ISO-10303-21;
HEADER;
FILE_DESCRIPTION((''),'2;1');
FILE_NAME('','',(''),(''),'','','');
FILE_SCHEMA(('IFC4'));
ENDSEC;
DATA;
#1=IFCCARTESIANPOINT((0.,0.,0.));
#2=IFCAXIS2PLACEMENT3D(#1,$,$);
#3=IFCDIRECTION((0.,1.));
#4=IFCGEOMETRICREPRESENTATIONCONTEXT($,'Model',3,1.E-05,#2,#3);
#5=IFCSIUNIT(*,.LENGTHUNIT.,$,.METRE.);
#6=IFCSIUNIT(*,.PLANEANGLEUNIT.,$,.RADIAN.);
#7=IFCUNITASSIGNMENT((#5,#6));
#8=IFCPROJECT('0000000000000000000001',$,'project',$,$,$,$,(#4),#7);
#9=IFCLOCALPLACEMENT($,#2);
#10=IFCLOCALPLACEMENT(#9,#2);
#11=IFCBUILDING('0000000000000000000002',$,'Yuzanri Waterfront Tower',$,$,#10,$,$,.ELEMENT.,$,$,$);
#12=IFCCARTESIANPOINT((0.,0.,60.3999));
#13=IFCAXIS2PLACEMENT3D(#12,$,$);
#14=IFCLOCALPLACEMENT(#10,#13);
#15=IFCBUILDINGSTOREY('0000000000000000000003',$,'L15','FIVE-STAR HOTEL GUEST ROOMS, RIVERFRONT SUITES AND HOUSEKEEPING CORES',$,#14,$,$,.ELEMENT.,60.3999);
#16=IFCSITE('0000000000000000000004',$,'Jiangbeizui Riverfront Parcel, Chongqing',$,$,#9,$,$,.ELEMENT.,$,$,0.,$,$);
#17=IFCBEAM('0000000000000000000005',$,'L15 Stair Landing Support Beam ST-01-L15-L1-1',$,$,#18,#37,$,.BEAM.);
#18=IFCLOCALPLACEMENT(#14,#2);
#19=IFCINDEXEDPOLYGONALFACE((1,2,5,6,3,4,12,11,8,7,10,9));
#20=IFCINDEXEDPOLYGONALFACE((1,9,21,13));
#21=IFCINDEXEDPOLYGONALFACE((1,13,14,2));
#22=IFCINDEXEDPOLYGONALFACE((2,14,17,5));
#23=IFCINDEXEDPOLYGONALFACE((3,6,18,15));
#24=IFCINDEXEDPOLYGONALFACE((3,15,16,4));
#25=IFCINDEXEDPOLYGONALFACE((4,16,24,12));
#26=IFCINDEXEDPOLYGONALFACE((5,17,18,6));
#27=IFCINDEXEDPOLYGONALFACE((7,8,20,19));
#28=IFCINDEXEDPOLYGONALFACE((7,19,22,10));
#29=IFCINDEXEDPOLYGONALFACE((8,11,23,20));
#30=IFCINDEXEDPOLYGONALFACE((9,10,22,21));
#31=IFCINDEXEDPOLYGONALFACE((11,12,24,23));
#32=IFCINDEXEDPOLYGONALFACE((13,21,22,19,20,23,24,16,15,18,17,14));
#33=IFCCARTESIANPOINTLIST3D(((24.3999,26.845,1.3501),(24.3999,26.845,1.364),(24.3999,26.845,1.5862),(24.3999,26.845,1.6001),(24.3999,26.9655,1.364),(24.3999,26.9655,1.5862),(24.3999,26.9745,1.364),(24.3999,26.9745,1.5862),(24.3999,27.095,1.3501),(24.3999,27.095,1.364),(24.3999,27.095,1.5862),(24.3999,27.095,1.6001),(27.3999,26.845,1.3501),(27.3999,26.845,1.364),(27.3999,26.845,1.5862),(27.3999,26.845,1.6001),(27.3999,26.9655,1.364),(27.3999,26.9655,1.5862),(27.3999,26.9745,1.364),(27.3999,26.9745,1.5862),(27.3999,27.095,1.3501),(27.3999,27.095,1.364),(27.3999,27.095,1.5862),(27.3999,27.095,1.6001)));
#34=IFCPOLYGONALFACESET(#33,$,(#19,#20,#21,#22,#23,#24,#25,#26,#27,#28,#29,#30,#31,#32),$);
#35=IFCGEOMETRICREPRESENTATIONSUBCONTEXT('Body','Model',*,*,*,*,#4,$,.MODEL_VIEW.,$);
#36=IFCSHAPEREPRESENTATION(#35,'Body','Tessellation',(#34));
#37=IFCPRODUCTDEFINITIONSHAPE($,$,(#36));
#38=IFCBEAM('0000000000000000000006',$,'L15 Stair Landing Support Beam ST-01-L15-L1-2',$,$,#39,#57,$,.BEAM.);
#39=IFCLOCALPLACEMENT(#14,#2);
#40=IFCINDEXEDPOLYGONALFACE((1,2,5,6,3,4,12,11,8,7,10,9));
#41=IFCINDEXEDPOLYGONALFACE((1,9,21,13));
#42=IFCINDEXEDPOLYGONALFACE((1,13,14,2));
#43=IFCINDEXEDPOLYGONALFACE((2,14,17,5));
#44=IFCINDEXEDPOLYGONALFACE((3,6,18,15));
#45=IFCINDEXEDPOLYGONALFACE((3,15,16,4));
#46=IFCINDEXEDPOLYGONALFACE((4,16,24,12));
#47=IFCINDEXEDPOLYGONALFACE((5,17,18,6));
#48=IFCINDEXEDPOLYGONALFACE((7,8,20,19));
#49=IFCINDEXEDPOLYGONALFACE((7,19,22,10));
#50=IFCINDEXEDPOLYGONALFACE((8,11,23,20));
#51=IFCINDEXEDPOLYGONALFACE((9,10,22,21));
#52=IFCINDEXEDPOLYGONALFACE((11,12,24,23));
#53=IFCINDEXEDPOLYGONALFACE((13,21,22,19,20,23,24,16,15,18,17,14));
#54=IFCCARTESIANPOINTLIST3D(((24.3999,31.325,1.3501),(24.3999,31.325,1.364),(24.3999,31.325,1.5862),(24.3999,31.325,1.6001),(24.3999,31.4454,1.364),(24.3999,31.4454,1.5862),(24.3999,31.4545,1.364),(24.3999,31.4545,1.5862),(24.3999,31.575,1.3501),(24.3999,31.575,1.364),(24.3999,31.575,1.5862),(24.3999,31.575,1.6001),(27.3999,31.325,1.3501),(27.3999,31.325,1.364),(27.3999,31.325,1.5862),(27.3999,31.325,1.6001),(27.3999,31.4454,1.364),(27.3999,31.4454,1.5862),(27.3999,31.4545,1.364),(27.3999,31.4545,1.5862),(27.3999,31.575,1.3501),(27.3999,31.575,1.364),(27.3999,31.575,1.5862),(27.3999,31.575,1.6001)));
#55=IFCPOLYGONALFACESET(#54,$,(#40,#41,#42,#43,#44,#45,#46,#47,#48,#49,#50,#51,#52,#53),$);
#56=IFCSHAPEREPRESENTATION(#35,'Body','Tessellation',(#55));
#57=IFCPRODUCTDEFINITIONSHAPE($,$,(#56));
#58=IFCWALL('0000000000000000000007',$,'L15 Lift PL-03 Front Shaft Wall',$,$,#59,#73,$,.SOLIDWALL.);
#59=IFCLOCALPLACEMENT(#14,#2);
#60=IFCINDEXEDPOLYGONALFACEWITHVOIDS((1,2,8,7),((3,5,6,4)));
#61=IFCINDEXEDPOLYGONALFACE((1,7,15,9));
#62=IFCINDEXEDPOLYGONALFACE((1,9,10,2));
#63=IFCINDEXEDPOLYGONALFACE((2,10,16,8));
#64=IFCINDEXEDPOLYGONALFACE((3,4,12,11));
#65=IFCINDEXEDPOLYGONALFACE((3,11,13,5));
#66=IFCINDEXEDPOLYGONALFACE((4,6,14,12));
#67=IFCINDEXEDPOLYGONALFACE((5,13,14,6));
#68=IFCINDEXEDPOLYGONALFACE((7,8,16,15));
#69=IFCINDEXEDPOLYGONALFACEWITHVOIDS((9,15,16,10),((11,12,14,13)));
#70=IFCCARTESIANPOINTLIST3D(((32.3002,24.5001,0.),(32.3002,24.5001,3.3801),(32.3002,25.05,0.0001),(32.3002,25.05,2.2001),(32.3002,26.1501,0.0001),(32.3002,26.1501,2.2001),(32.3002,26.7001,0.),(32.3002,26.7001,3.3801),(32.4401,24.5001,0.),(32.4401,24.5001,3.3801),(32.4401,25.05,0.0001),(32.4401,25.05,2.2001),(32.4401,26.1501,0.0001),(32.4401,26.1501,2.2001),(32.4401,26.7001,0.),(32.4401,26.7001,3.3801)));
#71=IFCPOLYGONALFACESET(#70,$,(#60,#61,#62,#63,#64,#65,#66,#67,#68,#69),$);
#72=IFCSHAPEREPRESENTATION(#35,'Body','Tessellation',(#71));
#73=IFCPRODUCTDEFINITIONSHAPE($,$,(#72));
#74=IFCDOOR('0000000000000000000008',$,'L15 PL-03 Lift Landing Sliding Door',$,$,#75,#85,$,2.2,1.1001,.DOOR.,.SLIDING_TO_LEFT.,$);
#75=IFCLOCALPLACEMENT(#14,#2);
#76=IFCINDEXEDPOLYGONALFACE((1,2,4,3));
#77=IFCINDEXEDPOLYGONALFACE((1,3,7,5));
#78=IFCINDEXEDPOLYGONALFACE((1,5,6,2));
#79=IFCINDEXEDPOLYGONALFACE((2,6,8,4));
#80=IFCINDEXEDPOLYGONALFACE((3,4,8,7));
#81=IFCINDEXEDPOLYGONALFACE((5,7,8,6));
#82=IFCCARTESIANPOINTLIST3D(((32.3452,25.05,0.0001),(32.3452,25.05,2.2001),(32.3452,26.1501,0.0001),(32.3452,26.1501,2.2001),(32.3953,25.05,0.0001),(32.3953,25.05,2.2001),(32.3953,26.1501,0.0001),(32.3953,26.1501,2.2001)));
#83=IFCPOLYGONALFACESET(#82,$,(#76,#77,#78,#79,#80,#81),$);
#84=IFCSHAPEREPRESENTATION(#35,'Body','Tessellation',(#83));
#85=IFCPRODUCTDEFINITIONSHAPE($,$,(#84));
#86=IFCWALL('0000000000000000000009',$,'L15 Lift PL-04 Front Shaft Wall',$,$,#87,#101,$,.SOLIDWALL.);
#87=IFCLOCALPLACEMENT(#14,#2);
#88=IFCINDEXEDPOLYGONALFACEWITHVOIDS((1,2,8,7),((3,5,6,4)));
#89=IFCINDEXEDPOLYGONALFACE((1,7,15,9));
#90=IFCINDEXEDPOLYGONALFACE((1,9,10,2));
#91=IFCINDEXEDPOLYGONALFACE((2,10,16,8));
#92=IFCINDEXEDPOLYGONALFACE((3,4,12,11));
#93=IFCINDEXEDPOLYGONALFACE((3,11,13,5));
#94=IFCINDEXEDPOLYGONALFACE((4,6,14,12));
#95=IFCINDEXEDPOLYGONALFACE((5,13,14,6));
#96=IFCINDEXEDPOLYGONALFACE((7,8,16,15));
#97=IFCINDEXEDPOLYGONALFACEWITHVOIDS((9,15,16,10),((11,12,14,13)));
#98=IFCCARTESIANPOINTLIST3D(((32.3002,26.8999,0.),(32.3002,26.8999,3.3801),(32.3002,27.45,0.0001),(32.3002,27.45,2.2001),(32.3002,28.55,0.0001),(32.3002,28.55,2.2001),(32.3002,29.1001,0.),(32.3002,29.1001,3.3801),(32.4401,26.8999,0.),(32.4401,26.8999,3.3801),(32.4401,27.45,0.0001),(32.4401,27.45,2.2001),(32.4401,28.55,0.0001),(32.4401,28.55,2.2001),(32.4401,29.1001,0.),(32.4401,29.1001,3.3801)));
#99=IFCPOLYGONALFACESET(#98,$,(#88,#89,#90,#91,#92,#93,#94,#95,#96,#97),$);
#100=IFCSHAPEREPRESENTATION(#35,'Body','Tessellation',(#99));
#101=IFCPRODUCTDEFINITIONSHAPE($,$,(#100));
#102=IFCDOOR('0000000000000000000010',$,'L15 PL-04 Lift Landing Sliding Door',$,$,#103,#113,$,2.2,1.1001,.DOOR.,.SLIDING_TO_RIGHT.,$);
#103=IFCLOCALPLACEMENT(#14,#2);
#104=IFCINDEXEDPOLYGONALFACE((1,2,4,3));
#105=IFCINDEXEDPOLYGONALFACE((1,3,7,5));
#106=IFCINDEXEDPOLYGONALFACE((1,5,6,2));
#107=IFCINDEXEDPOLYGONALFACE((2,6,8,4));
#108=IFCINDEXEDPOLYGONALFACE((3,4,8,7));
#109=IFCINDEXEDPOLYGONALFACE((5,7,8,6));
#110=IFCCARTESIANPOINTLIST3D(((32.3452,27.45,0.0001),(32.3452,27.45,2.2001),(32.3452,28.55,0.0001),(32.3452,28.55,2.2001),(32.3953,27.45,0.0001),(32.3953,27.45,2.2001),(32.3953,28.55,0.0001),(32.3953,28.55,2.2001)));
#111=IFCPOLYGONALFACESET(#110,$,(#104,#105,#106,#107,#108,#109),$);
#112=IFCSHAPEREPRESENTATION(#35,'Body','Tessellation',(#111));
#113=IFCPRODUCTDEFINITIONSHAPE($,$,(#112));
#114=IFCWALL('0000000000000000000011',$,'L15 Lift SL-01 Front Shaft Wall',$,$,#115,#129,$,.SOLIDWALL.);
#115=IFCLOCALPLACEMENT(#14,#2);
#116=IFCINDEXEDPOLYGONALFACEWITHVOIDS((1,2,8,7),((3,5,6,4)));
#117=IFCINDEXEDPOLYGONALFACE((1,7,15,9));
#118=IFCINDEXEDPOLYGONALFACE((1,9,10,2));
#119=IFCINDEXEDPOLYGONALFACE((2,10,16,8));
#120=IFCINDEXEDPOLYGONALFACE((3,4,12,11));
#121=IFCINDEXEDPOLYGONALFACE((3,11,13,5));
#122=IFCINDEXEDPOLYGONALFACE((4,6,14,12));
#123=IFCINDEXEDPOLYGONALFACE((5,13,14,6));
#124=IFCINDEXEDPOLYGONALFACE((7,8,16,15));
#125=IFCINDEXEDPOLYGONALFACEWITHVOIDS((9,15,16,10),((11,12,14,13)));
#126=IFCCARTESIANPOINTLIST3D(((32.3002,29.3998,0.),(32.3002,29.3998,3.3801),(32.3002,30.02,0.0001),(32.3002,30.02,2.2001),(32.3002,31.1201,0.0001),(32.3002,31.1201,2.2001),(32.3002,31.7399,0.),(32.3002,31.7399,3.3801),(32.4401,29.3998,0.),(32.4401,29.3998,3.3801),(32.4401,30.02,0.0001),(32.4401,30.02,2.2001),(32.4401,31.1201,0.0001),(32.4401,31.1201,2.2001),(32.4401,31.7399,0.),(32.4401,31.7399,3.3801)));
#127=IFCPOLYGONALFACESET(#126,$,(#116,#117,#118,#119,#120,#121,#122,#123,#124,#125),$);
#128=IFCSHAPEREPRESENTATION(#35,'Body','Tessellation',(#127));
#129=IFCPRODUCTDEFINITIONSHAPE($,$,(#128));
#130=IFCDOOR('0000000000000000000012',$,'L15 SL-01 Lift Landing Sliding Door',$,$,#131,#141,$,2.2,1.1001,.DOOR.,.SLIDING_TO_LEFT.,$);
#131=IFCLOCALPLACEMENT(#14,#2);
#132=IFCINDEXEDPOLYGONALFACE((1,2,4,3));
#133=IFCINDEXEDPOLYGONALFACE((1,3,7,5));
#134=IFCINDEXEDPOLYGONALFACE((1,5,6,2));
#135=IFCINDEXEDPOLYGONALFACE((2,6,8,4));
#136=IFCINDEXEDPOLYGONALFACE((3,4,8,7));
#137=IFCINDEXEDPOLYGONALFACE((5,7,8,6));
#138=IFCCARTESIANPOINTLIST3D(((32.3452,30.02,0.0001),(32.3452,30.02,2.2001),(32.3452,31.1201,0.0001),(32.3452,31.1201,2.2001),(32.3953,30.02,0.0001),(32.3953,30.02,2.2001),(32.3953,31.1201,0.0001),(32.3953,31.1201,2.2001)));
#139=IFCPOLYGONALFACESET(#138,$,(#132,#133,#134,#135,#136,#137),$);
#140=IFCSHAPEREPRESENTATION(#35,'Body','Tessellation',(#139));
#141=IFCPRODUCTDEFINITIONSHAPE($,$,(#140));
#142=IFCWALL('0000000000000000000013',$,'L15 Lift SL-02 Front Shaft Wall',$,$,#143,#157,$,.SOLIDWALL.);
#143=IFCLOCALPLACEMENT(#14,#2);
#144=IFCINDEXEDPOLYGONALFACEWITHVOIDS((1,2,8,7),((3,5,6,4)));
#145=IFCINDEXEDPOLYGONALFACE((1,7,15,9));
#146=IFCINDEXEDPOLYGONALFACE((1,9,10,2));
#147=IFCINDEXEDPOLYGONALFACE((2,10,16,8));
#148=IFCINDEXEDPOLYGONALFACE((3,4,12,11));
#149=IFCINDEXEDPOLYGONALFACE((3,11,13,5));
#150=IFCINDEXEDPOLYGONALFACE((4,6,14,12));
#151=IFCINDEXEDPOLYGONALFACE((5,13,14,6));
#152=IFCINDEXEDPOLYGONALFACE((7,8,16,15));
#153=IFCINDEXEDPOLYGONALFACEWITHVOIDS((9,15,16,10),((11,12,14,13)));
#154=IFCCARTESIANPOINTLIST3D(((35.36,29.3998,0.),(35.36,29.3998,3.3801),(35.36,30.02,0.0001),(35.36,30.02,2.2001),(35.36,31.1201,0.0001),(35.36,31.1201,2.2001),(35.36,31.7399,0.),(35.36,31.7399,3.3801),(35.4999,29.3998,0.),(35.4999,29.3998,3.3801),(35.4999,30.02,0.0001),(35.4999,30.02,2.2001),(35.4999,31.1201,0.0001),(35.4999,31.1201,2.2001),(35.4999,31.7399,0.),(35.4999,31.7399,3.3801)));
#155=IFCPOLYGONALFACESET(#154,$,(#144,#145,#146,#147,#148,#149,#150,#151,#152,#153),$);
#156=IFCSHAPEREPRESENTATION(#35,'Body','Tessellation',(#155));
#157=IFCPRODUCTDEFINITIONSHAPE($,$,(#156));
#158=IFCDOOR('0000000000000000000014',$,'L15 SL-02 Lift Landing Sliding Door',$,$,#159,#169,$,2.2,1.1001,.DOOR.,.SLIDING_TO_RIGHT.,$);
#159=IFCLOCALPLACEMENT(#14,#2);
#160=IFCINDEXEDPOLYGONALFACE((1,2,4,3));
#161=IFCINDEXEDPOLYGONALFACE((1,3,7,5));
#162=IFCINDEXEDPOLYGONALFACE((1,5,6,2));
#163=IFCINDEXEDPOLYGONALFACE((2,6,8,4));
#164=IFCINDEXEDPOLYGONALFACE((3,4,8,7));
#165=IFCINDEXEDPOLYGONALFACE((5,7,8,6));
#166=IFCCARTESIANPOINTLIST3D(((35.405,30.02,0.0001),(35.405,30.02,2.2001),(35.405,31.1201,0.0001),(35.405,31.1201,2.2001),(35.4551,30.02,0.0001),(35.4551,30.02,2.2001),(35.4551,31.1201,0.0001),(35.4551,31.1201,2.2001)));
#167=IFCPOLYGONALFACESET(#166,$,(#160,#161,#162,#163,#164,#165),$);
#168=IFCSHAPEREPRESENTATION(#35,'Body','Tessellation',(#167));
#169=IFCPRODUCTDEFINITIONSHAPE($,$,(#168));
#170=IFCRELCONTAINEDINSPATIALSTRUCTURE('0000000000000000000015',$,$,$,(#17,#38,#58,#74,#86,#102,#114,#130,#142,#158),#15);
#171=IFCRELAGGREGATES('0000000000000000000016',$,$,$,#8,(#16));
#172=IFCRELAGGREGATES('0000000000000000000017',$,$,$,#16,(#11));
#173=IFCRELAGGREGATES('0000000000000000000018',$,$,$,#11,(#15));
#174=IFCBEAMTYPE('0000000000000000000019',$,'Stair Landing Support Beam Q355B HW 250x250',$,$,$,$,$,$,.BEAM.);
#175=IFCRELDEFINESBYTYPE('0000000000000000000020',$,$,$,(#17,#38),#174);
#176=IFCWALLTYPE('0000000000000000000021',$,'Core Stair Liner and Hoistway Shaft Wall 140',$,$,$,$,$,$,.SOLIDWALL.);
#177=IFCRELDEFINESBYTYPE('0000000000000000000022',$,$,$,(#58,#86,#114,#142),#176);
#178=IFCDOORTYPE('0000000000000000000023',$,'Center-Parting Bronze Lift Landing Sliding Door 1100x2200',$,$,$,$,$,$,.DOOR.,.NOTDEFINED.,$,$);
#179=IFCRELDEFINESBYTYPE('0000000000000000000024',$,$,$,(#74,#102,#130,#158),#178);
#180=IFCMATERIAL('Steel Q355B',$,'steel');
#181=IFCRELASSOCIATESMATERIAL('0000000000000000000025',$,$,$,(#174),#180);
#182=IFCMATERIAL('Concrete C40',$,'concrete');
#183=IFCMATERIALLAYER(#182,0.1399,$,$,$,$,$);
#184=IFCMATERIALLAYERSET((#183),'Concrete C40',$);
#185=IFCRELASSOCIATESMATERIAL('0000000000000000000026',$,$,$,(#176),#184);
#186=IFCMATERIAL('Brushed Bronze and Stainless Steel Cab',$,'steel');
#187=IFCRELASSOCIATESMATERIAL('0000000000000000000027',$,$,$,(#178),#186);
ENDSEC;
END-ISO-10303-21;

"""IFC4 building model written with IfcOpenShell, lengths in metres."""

from ifc_helpers import new_model, si_unit, direction, frame, frame_2d, origin, origin_2d, place, context, subcontext, project, spatial, rectangle, i_section, extrude, source, transform, mapped, material, layer, layer_set, material_profile, profile_set, type_object, element, fill, save


model = new_model("IFC4")

# Units and contexts
model_context = context("Model", 3, precision=1e-05, world=origin(), true_north=direction((0.0, 1.0)))
body_context = subcontext(model_context, "Body", "Model", "MODEL_VIEW")
ifc_project = project(units=[si_unit("LENGTHUNIT", "METRE"), si_unit("PLANEANGLEUNIT", "RADIAN")], contexts=[model_context])

# Site, building, storey
site_placement = place(None, origin())
site = spatial("IfcSite", under=ifc_project, at=site_placement, Name="Jiangbeizui Riverfront Parcel, Chongqing", CompositionType="ELEMENT", RefElevation=0.0)
building_placement = place(site_placement, origin())
building = spatial("IfcBuilding", under=site, at=building_placement, Name="Yuzanri Waterfront Tower", CompositionType="ELEMENT")
storey_placement = place(building_placement, frame((0.0, 0.0, 60.3999)))
storey = spatial("IfcBuildingStorey", under=building, at=storey_placement, Name="L15", Description="FIVE-STAR HOTEL GUEST ROOMS, RIVERFRONT SUITES AND HOUSEKEEPING CORES", CompositionType="ELEMENT", Elevation=60.3999)

# Beams
ifc_material_1 = material(Name="Steel Q355B", Category="steel")
ifc_material_profile = material_profile(ifc_material_1, i_section(OverallWidth=0.25, OverallDepth=0.25, WebThickness=0.009, FlangeThickness=0.0139, at=origin_2d()), Name="HW 250x250x9x14")
ifc_profile_set = profile_set([ifc_material_profile], Name="Steel Q355B")
beam_type = type_object("IfcBeamType", Name="Stair Landing Support Beam Q355B HW 250x250", PredefinedType="BEAM", material=ifc_profile_set)
shared_shape_1 = source(origin(), body_context, "Body", "SweptSolid", [
    extrude(i_section(OverallWidth=0.25, OverallDepth=0.25, WebThickness=0.009, FlangeThickness=0.0139, at=origin_2d()), origin(), (0.0, 0.0, 1.0), 3.0),
])
for number, where, z_axis, x_axis, name in (
    (1, (24.3999, 26.97, 1.4751), (1.0, 0.0, 0.0), (0.0, 1.0, 0.0), "L15 Stair Landing Support Beam ST-01-L15-L1-1"),
    (2, (24.3999, 31.45, 1.4751), (1.0, 0.0, 0.0), (0.0, 1.0, 0.0), "L15 Stair Landing Support Beam ST-01-L15-L1-2"),
):
    element("IfcBeam", number, at=place(storey_placement, frame(where, z_axis=z_axis, x_axis=x_axis)), inside=storey, type_object=beam_type, Name=name, PredefinedType="BEAM", context=body_context, shape_type="MappedRepresentation", body=[
        mapped(shared_shape_1, transform((0.0, 0.0, 0.0), scale=1.0)),
    ])

# Walls, openings, doors
ifc_material_2 = material(Name="Concrete C40", Category="concrete")
ifc_layer_1 = layer(ifc_material_2, 0.1399)
ifc_layer_set_1 = layer_set([ifc_layer_1], Name="Concrete C40")
wall_type_1 = type_object("IfcWallType", Name="Core Stair Liner and Hoistway Shaft Wall 140", PredefinedType="SOLIDWALL", material=ifc_layer_set_1)
wall_1_placement = place(storey_placement, frame((32.3701, 24.5, 0.0), z_axis=(0.0, 0.0, 1.0), x_axis=(0.0, 1.0, 0.0)))
wall_1 = element("IfcWall", 3, at=wall_1_placement, inside=storey, type_object=wall_type_1, Name="L15 Lift PL-03 Front Shaft Wall", PredefinedType="SOLIDWALL", context=body_context, shape_type="SweptSolid", body=[
    extrude(rectangle(XDim=2.2, YDim=0.1399, at=frame_2d((1.1001, 0.0))), origin(), (0.0, 0.0, 1.0), 3.3801),
])
opening_1_placement = place(wall_1_placement, frame((0.55, 0.0, 0.0)))
opening_1 = element("IfcOpeningElement", 4, at=opening_1_placement, cuts=wall_1, PredefinedType="OPENING", context=body_context, shape_type="SweptSolid", body=[
    extrude(rectangle(XDim=1.1001, YDim=2.2, at=frame_2d((0.55, 1.1001))), frame((0.0, 0.085, 0.0), z_axis=(0.0, -1.0, 0.0), x_axis=(1.0, 0.0, 0.0)), (0.0, 0.0, 1.0), 0.1697),
])
ifc_material_3 = material(Name="Brushed Bronze and Stainless Steel Cab", Category="steel")
door_type_1 = type_object("IfcDoorType", Name="Center-Parting Bronze Lift Landing Sliding Door 1100x2200", OperationType="NOTDEFINED", PredefinedType="DOOR", material=ifc_material_3)
shared_shape_2 = source(origin(), body_context, "Body", "SweptSolid", [
    extrude(rectangle(XDim=1.1001, YDim=2.2, at=frame_2d((0.55, 1.1001))), frame((0.0, 0.0249, 0.0), z_axis=(0.0, -1.0, 0.0), x_axis=(1.0, 0.0, 0.0)), (0.0, 0.0, 1.0), 0.05),
])
door_1_placement = place(opening_1_placement, origin())
door_1 = element("IfcDoor", 5, at=door_1_placement, inside=storey, type_object=door_type_1, Name="L15 PL-03 Lift Landing Sliding Door", OperationType="SLIDING_TO_LEFT", OverallHeight=2.2, OverallWidth=1.1001, PredefinedType="DOOR", context=body_context, shape_type="MappedRepresentation", body=[
    mapped(shared_shape_2, transform((0.0, 0.0, 0.0), scale=1.0)),
])
fill(opening_1, door_1)
wall_2_placement = place(storey_placement, frame((32.3701, 26.8999, 0.0), z_axis=(0.0, 0.0, 1.0), x_axis=(0.0, 1.0, 0.0)))
wall_2 = element("IfcWall", 6, at=wall_2_placement, inside=storey, type_object=wall_type_1, Name="L15 Lift PL-04 Front Shaft Wall", PredefinedType="SOLIDWALL", context=body_context, shape_type="SweptSolid", body=[
    extrude(rectangle(XDim=2.2002, YDim=0.1399, at=frame_2d((1.1001, 0.0))), origin(), (0.0, 0.0, 1.0), 3.3801),
])
opening_2_placement = place(wall_2_placement, frame((0.55, 0.0, 0.0)))
opening_2 = element("IfcOpeningElement", 7, at=opening_2_placement, cuts=wall_2, PredefinedType="OPENING", context=body_context, shape_type="SweptSolid", body=[
    extrude(rectangle(XDim=1.1001, YDim=2.2, at=frame_2d((0.55, 1.1001))), frame((0.0, 0.085, 0.0), z_axis=(0.0, -1.0, 0.0), x_axis=(1.0, 0.0, 0.0)), (0.0, 0.0, 1.0), 0.1697),
])
door_2_placement = place(opening_2_placement, origin())
door_2 = element("IfcDoor", 8, at=door_2_placement, inside=storey, type_object=door_type_1, Name="L15 PL-04 Lift Landing Sliding Door", OperationType="SLIDING_TO_RIGHT", OverallHeight=2.2, OverallWidth=1.1001, PredefinedType="DOOR", context=body_context, shape_type="MappedRepresentation", body=[
    mapped(shared_shape_2, transform((0.0, 0.0, 0.0), scale=1.0)),
])
fill(opening_2, door_2)
wall_3_placement = place(storey_placement, frame((32.3701, 29.3999, 0.0), z_axis=(0.0, 0.0, 1.0), x_axis=(0.0, 1.0, 0.0)))
wall_3 = element("IfcWall", 9, at=wall_3_placement, inside=storey, type_object=wall_type_1, Name="L15 Lift SL-01 Front Shaft Wall", PredefinedType="SOLIDWALL", context=body_context, shape_type="SweptSolid", body=[
    extrude(rectangle(XDim=2.3401, YDim=0.1399, at=frame_2d((1.1699, 0.0))), origin(), (0.0, 0.0, 1.0), 3.3801),
])
opening_3_placement = place(wall_3_placement, frame((0.6201, 0.0, 0.0)))
opening_3 = element("IfcOpeningElement", 10, at=opening_3_placement, cuts=wall_3, PredefinedType="OPENING", context=body_context, shape_type="SweptSolid", body=[
    extrude(rectangle(XDim=1.1001, YDim=2.2, at=frame_2d((0.55, 1.1001))), frame((0.0, 0.085, 0.0), z_axis=(0.0, -1.0, 0.0), x_axis=(1.0, 0.0, 0.0)), (0.0, 0.0, 1.0), 0.1697),
])
door_3_placement = place(opening_3_placement, origin())
door_3 = element("IfcDoor", 11, at=door_3_placement, inside=storey, type_object=door_type_1, Name="L15 SL-01 Lift Landing Sliding Door", OperationType="SLIDING_TO_LEFT", OverallHeight=2.2, OverallWidth=1.1001, PredefinedType="DOOR", context=body_context, shape_type="MappedRepresentation", body=[
    mapped(shared_shape_2, transform((0.0, 0.0, 0.0), scale=1.0)),
])
fill(opening_3, door_3)
wall_4_placement = place(storey_placement, frame((35.4299, 29.3999, 0.0), z_axis=(0.0, 0.0, 1.0), x_axis=(0.0, 1.0, 0.0)))
wall_4 = element("IfcWall", 12, at=wall_4_placement, inside=storey, type_object=wall_type_1, Name="L15 Lift SL-02 Front Shaft Wall", PredefinedType="SOLIDWALL", context=body_context, shape_type="SweptSolid", body=[
    extrude(rectangle(XDim=2.3401, YDim=0.1399, at=frame_2d((1.1699, 0.0))), origin(), (0.0, 0.0, 1.0), 3.3801),
])
opening_4_placement = place(wall_4_placement, frame((0.6201, 0.0, 0.0)))
opening_4 = element("IfcOpeningElement", 13, at=opening_4_placement, cuts=wall_4, PredefinedType="OPENING", context=body_context, shape_type="SweptSolid", body=[
    extrude(rectangle(XDim=1.1001, YDim=2.2, at=frame_2d((0.55, 1.1001))), frame((0.0, 0.085, 0.0), z_axis=(0.0, -1.0, 0.0), x_axis=(1.0, 0.0, 0.0)), (0.0, 0.0, 1.0), 0.1697),
])
door_4_placement = place(opening_4_placement, origin())
door_4 = element("IfcDoor", 14, at=door_4_placement, inside=storey, type_object=door_type_1, Name="L15 SL-02 Lift Landing Sliding Door", OperationType="SLIDING_TO_RIGHT", OverallHeight=2.2, OverallWidth=1.1001, PredefinedType="DOOR", context=body_context, shape_type="MappedRepresentation", body=[
    mapped(shared_shape_2, transform((0.0, 0.0, 0.0), scale=1.0)),
])
fill(opening_4, door_4)

save(model, "model.ifc")
